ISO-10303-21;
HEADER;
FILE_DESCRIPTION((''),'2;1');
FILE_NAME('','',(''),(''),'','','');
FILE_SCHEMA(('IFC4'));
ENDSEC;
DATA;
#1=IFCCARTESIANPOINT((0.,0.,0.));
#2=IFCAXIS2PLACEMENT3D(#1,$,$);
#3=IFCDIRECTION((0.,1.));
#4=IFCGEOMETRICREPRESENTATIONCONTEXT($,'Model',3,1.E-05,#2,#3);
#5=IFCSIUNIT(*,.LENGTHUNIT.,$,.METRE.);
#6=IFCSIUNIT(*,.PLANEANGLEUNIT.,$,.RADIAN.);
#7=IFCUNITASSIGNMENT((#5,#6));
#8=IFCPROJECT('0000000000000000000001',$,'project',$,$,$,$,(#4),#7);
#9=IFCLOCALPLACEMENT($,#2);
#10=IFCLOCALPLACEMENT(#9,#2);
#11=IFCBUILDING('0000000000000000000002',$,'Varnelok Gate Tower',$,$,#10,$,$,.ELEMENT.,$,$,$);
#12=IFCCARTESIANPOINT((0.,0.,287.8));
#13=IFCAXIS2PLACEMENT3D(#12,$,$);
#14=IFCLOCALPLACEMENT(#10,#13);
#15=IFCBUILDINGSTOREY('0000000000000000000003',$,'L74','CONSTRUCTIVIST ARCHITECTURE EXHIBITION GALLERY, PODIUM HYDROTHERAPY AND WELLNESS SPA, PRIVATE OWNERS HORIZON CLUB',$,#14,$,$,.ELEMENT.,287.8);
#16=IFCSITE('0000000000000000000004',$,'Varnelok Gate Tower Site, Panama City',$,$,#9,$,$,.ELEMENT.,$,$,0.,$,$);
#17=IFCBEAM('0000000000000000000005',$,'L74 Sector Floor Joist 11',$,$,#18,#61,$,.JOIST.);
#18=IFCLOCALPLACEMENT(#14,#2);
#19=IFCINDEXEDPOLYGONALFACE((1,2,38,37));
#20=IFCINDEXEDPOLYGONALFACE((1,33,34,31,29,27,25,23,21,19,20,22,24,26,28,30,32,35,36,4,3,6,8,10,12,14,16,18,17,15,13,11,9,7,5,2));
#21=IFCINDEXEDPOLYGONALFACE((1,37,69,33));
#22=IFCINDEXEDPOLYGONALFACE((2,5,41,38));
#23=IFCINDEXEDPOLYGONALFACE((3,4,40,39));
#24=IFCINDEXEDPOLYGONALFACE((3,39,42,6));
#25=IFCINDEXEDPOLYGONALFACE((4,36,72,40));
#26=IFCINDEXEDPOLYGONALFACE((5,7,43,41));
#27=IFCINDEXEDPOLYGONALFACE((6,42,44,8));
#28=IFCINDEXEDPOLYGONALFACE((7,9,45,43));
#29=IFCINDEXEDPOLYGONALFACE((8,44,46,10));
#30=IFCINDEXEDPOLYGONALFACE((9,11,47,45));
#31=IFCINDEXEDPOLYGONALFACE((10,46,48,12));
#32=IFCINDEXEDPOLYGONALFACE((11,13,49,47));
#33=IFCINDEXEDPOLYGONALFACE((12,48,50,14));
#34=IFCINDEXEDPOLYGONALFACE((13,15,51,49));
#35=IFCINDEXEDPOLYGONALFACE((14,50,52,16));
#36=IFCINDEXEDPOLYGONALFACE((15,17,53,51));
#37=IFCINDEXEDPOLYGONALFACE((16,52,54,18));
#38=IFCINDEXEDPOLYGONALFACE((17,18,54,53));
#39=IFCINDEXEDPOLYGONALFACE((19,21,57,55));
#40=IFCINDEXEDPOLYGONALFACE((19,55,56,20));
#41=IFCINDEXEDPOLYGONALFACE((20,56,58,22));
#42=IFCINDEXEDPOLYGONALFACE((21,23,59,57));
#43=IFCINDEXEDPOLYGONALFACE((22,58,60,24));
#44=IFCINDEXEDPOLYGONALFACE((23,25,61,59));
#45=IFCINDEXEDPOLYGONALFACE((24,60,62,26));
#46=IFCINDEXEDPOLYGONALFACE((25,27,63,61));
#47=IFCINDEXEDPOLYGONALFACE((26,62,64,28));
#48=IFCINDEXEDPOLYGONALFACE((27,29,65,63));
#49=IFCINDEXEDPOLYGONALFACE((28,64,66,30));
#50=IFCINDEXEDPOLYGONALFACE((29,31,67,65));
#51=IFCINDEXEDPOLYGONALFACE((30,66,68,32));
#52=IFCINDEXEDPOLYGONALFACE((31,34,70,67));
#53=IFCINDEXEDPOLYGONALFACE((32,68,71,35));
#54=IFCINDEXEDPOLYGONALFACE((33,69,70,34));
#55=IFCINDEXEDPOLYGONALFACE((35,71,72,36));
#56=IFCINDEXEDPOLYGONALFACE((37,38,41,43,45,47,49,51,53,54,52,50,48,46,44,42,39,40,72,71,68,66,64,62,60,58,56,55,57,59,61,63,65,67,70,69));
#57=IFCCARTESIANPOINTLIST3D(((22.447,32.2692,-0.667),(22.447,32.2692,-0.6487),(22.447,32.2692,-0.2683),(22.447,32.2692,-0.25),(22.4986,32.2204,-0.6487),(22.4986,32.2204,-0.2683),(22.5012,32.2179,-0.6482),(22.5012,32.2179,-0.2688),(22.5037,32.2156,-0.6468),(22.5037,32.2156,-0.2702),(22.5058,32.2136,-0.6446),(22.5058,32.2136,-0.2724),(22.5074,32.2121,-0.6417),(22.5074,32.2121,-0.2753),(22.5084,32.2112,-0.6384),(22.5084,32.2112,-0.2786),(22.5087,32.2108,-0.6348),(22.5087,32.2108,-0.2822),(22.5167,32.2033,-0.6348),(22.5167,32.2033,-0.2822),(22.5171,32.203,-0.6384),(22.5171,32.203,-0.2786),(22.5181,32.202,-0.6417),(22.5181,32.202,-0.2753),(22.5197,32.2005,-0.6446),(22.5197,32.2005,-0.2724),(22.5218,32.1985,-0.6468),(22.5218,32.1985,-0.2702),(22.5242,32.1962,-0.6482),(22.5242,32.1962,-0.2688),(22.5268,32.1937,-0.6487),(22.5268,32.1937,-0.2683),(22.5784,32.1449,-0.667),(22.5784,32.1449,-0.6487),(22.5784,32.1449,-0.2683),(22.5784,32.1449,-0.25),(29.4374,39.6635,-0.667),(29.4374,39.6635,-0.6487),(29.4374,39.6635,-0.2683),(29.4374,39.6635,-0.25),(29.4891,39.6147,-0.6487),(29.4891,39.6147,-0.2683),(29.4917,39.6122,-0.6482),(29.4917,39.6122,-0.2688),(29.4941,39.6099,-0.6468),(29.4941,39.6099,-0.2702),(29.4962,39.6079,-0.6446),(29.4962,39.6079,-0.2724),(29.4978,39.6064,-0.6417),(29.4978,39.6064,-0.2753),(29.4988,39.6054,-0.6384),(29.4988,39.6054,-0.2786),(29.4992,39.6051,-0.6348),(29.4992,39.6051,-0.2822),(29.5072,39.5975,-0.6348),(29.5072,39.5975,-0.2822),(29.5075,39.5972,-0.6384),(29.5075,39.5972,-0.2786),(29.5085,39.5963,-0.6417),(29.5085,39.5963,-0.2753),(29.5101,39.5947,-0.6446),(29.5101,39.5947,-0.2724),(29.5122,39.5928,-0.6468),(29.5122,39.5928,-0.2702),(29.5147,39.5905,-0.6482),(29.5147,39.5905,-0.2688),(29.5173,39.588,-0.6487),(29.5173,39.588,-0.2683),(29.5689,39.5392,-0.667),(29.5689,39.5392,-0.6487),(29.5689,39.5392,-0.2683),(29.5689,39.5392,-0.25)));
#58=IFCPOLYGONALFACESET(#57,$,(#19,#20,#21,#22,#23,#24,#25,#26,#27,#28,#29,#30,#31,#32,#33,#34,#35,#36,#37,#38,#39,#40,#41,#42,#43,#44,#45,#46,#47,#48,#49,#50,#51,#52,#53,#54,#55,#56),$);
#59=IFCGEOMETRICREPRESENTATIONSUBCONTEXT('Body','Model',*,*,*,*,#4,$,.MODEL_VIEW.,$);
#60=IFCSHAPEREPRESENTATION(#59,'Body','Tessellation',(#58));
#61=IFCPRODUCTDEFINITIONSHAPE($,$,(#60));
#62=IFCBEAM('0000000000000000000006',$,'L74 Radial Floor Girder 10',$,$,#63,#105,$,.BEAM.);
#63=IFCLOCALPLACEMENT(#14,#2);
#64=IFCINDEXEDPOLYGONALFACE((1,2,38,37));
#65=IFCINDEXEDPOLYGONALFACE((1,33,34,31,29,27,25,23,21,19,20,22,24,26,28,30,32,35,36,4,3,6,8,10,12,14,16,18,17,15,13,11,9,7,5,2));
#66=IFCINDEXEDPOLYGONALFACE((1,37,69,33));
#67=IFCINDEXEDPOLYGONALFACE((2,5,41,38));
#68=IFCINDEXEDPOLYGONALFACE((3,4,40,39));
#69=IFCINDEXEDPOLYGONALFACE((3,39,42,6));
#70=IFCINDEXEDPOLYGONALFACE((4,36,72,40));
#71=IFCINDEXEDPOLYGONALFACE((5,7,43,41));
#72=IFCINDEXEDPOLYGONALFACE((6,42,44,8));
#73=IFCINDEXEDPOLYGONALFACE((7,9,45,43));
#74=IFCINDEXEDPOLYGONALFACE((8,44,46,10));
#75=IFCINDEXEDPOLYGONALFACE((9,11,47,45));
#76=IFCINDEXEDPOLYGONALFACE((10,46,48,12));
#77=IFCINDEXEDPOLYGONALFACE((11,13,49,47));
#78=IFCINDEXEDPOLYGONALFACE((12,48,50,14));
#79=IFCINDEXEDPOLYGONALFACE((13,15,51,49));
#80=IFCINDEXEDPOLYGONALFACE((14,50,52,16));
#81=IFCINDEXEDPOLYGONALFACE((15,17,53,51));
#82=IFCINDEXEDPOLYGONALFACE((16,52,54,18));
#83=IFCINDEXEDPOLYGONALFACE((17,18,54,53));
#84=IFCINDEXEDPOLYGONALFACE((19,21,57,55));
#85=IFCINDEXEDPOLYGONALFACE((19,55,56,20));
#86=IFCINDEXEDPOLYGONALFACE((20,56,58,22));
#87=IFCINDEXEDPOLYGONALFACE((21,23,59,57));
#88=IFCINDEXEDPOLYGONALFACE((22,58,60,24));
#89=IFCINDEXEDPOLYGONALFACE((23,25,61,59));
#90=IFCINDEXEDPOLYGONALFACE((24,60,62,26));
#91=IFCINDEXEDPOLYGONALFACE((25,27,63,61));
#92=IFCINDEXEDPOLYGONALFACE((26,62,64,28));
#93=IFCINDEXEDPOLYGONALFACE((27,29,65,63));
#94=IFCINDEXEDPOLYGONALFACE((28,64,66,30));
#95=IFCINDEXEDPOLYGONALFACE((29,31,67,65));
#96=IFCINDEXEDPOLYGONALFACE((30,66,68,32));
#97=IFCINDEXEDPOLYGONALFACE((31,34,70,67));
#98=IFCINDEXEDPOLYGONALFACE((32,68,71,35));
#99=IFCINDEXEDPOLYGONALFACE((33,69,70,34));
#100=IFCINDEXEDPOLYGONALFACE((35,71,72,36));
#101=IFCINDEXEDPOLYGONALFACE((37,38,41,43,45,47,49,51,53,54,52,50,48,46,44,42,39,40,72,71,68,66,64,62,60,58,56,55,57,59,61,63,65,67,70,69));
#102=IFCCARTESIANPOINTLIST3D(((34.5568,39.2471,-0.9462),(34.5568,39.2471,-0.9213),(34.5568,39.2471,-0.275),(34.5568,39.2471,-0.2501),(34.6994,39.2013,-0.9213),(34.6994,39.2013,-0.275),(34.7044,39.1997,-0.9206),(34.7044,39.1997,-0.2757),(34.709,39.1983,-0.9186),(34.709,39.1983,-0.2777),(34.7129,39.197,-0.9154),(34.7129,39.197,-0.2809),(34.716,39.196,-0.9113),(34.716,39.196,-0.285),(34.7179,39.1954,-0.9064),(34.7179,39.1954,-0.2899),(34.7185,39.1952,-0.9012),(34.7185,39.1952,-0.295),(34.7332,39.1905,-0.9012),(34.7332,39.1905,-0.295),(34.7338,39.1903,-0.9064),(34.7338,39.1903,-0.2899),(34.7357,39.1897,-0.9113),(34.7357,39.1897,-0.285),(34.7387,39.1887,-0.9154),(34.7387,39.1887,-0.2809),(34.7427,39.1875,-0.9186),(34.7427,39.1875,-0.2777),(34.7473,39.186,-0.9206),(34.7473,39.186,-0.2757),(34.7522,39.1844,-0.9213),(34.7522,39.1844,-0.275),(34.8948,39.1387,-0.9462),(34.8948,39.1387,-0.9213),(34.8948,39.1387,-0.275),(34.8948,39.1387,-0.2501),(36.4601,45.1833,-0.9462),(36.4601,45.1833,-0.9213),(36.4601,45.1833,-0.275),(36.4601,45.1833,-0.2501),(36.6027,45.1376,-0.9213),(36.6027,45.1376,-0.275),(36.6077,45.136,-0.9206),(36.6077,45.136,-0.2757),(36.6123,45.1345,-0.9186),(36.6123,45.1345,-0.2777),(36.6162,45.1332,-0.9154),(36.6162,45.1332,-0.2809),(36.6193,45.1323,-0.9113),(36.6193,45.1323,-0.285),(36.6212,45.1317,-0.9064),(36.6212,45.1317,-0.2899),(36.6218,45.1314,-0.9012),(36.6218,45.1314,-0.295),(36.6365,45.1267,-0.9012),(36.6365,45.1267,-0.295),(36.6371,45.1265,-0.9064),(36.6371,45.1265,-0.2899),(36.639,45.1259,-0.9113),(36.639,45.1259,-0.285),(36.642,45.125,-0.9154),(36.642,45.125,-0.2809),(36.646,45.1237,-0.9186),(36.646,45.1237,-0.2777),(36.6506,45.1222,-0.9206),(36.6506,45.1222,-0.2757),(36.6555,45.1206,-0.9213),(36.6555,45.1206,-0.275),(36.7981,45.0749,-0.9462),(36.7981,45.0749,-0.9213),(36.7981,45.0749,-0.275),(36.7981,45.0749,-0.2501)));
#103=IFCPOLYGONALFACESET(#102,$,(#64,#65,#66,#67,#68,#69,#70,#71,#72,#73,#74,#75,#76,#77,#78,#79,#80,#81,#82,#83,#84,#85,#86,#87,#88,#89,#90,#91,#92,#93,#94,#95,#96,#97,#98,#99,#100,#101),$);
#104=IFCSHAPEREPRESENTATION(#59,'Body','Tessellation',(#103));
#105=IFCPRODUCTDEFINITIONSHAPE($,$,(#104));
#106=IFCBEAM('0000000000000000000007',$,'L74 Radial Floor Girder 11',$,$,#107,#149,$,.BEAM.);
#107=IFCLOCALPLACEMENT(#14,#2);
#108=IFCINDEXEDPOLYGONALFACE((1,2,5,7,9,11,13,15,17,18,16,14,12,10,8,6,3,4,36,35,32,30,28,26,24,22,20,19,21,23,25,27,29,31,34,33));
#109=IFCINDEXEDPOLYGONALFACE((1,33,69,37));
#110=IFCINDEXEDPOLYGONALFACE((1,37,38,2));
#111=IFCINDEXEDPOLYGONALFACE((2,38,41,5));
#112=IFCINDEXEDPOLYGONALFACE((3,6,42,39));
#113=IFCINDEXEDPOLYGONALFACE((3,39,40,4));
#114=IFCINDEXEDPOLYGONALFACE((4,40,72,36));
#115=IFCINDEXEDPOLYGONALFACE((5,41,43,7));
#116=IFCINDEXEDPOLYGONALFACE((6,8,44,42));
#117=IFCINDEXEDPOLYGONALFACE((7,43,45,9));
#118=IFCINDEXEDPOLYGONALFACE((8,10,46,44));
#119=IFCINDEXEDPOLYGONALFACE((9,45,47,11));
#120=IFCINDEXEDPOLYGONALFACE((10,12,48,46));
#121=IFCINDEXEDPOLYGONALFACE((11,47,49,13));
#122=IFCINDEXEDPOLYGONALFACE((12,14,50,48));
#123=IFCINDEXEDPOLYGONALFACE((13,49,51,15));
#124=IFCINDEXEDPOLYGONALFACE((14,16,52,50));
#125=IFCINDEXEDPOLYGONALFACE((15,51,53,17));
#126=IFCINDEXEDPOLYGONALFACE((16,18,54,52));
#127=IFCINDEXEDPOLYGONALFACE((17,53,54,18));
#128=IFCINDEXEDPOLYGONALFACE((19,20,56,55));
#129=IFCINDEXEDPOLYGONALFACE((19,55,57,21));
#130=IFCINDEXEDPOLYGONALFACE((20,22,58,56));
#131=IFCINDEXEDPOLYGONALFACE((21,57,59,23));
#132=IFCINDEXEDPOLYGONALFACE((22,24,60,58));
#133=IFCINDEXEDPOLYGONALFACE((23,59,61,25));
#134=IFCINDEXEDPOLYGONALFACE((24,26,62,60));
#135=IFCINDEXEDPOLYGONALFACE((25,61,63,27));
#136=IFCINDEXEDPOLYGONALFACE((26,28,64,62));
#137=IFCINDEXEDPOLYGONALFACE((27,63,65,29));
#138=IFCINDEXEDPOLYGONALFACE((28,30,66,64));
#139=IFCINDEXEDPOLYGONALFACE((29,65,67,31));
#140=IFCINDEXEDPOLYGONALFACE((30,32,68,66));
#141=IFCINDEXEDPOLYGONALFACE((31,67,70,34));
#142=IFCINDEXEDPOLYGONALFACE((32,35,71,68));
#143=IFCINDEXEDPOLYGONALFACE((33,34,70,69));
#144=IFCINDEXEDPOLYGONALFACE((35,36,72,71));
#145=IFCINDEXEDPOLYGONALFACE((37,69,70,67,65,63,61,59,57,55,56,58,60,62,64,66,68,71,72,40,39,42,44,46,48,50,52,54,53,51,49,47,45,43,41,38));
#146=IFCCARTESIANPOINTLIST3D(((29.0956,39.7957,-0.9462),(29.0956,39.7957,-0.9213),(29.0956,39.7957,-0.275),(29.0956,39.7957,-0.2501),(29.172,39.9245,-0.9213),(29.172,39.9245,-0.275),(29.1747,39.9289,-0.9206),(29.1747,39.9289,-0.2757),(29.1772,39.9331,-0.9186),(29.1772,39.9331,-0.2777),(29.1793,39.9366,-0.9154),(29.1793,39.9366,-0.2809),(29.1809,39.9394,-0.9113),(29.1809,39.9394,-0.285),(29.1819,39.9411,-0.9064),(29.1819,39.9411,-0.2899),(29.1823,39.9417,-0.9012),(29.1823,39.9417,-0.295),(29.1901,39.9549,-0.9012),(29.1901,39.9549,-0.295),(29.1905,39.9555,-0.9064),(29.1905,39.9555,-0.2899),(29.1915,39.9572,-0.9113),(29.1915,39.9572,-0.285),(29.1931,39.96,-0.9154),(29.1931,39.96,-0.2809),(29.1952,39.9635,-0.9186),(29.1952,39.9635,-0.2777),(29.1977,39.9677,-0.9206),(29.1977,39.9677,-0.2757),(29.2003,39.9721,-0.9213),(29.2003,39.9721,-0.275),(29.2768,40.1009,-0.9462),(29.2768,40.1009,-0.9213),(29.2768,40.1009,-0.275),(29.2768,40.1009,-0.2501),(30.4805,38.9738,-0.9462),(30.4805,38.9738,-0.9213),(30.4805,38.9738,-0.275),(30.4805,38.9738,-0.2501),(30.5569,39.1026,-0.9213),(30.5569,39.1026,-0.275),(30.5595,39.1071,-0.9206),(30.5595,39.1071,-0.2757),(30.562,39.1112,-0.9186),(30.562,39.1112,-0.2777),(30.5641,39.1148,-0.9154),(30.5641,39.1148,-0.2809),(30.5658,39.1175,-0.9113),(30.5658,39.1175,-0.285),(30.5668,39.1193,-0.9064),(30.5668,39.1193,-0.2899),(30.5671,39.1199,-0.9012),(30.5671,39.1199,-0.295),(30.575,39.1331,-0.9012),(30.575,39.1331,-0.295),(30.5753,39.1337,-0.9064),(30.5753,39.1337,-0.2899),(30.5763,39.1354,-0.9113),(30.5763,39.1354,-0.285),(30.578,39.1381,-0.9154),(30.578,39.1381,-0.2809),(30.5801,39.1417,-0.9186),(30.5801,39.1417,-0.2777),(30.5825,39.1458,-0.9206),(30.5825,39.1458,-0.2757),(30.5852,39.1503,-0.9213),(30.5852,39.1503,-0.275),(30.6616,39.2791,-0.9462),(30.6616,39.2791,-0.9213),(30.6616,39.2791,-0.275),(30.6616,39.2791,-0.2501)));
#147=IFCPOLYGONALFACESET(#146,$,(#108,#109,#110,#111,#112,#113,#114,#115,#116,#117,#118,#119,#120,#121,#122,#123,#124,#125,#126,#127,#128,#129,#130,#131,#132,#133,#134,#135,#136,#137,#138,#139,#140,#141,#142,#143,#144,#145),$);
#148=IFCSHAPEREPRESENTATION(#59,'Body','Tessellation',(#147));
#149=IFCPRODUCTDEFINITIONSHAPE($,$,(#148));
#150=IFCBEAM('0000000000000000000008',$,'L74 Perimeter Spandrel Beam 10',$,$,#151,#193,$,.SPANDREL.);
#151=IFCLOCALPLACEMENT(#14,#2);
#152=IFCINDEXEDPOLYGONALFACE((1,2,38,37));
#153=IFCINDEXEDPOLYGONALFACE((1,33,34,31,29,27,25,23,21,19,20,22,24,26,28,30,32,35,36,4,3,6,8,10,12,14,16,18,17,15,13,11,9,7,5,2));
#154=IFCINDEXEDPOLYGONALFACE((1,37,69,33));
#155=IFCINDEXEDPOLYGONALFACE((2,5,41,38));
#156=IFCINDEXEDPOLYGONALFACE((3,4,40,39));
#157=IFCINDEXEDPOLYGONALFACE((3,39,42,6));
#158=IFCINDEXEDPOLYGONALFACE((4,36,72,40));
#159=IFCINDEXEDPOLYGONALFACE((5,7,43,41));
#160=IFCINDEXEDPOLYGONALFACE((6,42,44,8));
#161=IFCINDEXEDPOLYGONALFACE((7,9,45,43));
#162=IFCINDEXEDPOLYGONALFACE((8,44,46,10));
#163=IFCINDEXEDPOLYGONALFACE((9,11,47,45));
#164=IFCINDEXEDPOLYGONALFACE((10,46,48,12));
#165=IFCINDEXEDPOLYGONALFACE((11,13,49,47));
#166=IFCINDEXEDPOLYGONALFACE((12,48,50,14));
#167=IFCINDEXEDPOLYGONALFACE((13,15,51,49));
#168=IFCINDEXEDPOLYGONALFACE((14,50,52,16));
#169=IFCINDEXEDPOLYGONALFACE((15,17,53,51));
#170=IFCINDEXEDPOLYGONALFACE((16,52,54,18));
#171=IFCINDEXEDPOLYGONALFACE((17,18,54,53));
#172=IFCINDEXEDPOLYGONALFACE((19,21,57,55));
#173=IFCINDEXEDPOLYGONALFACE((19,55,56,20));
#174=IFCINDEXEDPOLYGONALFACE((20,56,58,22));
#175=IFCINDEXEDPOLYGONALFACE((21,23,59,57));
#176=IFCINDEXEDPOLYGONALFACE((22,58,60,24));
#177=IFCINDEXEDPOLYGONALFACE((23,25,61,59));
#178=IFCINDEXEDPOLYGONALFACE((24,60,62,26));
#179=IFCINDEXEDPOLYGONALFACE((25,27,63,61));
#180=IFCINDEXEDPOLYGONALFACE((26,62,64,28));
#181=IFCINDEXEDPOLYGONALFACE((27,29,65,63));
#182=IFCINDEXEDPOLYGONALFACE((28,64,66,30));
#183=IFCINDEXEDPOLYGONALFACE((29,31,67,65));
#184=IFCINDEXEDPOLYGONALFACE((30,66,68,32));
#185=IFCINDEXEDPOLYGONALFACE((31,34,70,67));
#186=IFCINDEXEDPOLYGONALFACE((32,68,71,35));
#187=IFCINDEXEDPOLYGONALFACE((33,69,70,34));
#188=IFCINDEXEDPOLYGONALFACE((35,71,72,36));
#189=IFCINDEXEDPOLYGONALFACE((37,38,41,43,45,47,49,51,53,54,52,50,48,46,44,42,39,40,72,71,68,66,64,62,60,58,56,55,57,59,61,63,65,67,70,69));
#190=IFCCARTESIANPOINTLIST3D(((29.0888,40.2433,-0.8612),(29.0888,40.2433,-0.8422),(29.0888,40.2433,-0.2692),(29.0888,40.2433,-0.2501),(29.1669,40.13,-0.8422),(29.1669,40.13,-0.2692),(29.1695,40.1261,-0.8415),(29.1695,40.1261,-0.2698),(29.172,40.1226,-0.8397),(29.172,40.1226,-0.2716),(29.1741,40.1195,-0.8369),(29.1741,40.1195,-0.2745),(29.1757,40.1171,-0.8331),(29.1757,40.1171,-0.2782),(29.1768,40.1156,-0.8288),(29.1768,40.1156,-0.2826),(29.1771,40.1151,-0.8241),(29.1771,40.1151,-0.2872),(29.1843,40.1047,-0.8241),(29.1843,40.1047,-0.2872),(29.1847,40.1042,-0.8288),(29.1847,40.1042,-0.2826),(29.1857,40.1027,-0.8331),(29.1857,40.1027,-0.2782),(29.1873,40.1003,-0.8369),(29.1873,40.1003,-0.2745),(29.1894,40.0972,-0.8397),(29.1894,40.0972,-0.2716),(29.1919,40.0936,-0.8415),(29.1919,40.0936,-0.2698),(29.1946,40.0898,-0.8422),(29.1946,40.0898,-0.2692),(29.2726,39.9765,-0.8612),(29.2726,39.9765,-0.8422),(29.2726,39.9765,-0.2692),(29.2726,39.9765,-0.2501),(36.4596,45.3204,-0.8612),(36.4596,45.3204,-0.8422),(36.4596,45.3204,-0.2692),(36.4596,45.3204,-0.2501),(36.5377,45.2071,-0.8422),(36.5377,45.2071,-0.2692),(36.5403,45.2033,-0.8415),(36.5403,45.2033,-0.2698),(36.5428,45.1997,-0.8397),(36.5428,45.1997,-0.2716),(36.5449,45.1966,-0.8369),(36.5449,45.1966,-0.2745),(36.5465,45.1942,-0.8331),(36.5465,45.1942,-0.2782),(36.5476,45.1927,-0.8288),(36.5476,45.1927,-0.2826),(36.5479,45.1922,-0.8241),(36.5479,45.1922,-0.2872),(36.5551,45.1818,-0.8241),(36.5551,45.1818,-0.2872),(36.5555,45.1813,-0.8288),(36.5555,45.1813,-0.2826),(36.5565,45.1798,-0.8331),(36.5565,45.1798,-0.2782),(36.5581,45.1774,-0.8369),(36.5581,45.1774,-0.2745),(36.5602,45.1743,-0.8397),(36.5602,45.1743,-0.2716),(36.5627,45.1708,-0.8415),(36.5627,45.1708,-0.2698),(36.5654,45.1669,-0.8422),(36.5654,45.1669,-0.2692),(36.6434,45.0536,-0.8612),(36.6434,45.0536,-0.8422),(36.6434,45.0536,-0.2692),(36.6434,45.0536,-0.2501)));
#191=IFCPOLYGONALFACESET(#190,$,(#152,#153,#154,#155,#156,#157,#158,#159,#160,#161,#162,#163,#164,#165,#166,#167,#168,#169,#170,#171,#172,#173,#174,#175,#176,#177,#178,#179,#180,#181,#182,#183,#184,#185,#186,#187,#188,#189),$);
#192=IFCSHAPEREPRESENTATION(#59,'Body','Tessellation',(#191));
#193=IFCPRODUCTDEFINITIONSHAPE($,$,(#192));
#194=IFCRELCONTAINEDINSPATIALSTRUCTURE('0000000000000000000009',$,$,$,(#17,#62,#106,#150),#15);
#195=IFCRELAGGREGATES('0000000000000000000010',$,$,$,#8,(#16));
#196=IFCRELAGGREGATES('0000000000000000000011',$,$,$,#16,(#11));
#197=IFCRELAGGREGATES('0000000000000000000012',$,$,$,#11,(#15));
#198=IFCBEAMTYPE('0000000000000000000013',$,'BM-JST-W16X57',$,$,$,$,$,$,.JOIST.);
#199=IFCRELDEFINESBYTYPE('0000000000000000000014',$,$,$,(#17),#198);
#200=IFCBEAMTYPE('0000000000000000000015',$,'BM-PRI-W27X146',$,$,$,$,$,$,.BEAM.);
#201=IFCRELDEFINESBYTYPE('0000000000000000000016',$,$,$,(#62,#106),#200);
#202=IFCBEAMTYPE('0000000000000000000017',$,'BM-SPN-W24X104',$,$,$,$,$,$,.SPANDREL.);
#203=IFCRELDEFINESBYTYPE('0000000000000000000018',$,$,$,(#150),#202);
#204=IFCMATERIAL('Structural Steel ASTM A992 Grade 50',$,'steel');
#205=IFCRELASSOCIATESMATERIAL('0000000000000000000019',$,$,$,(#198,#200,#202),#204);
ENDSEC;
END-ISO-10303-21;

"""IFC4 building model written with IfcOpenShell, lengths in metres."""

from ifc_helpers import new_model, si_unit, direction, frame, origin, origin_2d, place, context, subcontext, project, spatial, i_section, extrude, material, material_profile, profile_set, type_object, element, save


model = new_model("IFC4")

# Units and contexts
model_context = context("Model", 3, precision=1e-05, world=origin(), true_north=direction((0.0, 1.0)))
body_context = subcontext(model_context, "Body", "Model", "MODEL_VIEW")
ifc_project = project(units=[si_unit("LENGTHUNIT", "METRE"), si_unit("PLANEANGLEUNIT", "RADIAN")], contexts=[model_context])

# Site, building, storey
site_placement = place(None, origin())
site = spatial("IfcSite", under=ifc_project, at=site_placement, Name="Varnelok Gate Tower Site, Panama City", CompositionType="ELEMENT", RefElevation=0.0)
building_placement = place(site_placement, origin())
building = spatial("IfcBuilding", under=site, at=building_placement, Name="Varnelok Gate Tower", CompositionType="ELEMENT")
storey_placement = place(building_placement, frame((0.0, 0.0, 287.8)))
storey = spatial("IfcBuildingStorey", under=building, at=storey_placement, Name="L74", Description="CONSTRUCTIVIST ARCHITECTURE EXHIBITION GALLERY, PODIUM HYDROTHERAPY AND WELLNESS SPA, PRIVATE OWNERS HORIZON CLUB", CompositionType="ELEMENT", Elevation=287.8)

# Shared definitions
ifc_material_1 = material(Name="Structural Steel ASTM A992 Grade 50", Category="steel")

# Beams
ifc_material_profile_1 = material_profile(ifc_material_1, i_section(OverallWidth=0.1809, OverallDepth=0.417, WebThickness=0.011, FlangeThickness=0.0183, FilletRadius=0.0139, at=origin_2d()), Name="W16X57")
ifc_profile_set_1 = profile_set([ifc_material_profile_1], Name="Structural Steel ASTM A992 Grade 50")
beam_type_1 = type_object("IfcBeamType", Name="BM-JST-W16X57", PredefinedType="JOIST", material=ifc_profile_set_1)
beam_1_placement = place(storey_placement, frame((29.5032, 39.6013, -0.4585), z_axis=(-0.686986, -0.72667, 0.0), x_axis=(0.72667, -0.686986, 0.0)))
element("IfcBeam", 1, at=beam_1_placement, inside=storey, type_object=beam_type_1, Name="L74 Sector Floor Joist 11", PredefinedType="JOIST", context=body_context, shape_type="SweptSolid", body=[
    extrude(i_section(OverallWidth=0.1809, OverallDepth=0.417, WebThickness=0.011, FlangeThickness=0.0183, FilletRadius=0.0139, at=origin_2d()), origin(), (0.0, 0.0, 1.0), 10.1755),
])
ifc_material_profile_2 = material_profile(ifc_material_1, i_section(OverallWidth=0.355, OverallDepth=0.696, WebThickness=0.0154, FlangeThickness=0.0249, FilletRadius=0.02, at=origin_2d()), Name="W27X146")
ifc_profile_set_2 = profile_set([ifc_material_profile_2], Name="Structural Steel ASTM A992 Grade 50")
beam_type_2 = type_object("IfcBeamType", Name="BM-PRI-W27X146", PredefinedType="BEAM", material=ifc_profile_set_2)
beam_2_placement = place(storey_placement, frame((34.7258, 39.1929, -0.5981), z_axis=(0.305316, 0.952251, 0.0), x_axis=(-0.952251, 0.305316, 0.0)))
element("IfcBeam", 2, at=beam_2_placement, inside=storey, type_object=beam_type_2, Name="L74 Radial Floor Girder 10", PredefinedType="BEAM", context=body_context, shape_type="SweptSolid", body=[
    extrude(i_section(OverallWidth=0.355, OverallDepth=0.696, WebThickness=0.0154, FlangeThickness=0.0249, FilletRadius=0.02, at=origin_2d()), origin(), (0.0, 0.0, 1.0), 6.2339),
])
beam_3_placement = place(storey_placement, frame((30.571, 39.1265, -0.5981), z_axis=(-0.859971, 0.510343, 0.0), x_axis=(-0.510343, -0.859971, 0.0)))
element("IfcBeam", 3, at=beam_3_placement, inside=storey, type_object=beam_type_2, Name="L74 Radial Floor Girder 11", PredefinedType="BEAM", context=body_context, shape_type="SweptSolid", body=[
    extrude(i_section(OverallWidth=0.355, OverallDepth=0.696, WebThickness=0.0154, FlangeThickness=0.0249, FilletRadius=0.02, at=origin_2d()), origin(), (0.0, 0.0, 1.0), 1.6104),
])
ifc_material_profile_3 = material_profile(ifc_material_1, i_section(OverallWidth=0.324, OverallDepth=0.6111, WebThickness=0.0127, FlangeThickness=0.019, FilletRadius=0.0181, at=origin_2d()), Name="W24X104")
ifc_profile_set_3 = profile_set([ifc_material_profile_3], Name="Structural Steel ASTM A992 Grade 50")
beam_type_3 = type_object("IfcBeamType", Name="BM-SPN-W24X104", PredefinedType="SPANDREL", material=ifc_profile_set_3)
beam_4_placement = place(storey_placement, frame((36.5515, 45.187, -0.5557), z_axis=(-0.823536, -0.567264, 0.0), x_axis=(0.567264, -0.823536, 0.0)))
element("IfcBeam", 4, at=beam_4_placement, inside=storey, type_object=beam_type_3, Name="L74 Perimeter Spandrel Beam 10", PredefinedType="SPANDREL", context=body_context, shape_type="SweptSolid", body=[
    extrude(i_section(OverallWidth=0.324, OverallDepth=0.6111, WebThickness=0.0127, FlangeThickness=0.019, FilletRadius=0.0181, at=origin_2d()), origin(), (0.0, 0.0, 1.0), 8.9502),
])

save(model, "model.ifc")
